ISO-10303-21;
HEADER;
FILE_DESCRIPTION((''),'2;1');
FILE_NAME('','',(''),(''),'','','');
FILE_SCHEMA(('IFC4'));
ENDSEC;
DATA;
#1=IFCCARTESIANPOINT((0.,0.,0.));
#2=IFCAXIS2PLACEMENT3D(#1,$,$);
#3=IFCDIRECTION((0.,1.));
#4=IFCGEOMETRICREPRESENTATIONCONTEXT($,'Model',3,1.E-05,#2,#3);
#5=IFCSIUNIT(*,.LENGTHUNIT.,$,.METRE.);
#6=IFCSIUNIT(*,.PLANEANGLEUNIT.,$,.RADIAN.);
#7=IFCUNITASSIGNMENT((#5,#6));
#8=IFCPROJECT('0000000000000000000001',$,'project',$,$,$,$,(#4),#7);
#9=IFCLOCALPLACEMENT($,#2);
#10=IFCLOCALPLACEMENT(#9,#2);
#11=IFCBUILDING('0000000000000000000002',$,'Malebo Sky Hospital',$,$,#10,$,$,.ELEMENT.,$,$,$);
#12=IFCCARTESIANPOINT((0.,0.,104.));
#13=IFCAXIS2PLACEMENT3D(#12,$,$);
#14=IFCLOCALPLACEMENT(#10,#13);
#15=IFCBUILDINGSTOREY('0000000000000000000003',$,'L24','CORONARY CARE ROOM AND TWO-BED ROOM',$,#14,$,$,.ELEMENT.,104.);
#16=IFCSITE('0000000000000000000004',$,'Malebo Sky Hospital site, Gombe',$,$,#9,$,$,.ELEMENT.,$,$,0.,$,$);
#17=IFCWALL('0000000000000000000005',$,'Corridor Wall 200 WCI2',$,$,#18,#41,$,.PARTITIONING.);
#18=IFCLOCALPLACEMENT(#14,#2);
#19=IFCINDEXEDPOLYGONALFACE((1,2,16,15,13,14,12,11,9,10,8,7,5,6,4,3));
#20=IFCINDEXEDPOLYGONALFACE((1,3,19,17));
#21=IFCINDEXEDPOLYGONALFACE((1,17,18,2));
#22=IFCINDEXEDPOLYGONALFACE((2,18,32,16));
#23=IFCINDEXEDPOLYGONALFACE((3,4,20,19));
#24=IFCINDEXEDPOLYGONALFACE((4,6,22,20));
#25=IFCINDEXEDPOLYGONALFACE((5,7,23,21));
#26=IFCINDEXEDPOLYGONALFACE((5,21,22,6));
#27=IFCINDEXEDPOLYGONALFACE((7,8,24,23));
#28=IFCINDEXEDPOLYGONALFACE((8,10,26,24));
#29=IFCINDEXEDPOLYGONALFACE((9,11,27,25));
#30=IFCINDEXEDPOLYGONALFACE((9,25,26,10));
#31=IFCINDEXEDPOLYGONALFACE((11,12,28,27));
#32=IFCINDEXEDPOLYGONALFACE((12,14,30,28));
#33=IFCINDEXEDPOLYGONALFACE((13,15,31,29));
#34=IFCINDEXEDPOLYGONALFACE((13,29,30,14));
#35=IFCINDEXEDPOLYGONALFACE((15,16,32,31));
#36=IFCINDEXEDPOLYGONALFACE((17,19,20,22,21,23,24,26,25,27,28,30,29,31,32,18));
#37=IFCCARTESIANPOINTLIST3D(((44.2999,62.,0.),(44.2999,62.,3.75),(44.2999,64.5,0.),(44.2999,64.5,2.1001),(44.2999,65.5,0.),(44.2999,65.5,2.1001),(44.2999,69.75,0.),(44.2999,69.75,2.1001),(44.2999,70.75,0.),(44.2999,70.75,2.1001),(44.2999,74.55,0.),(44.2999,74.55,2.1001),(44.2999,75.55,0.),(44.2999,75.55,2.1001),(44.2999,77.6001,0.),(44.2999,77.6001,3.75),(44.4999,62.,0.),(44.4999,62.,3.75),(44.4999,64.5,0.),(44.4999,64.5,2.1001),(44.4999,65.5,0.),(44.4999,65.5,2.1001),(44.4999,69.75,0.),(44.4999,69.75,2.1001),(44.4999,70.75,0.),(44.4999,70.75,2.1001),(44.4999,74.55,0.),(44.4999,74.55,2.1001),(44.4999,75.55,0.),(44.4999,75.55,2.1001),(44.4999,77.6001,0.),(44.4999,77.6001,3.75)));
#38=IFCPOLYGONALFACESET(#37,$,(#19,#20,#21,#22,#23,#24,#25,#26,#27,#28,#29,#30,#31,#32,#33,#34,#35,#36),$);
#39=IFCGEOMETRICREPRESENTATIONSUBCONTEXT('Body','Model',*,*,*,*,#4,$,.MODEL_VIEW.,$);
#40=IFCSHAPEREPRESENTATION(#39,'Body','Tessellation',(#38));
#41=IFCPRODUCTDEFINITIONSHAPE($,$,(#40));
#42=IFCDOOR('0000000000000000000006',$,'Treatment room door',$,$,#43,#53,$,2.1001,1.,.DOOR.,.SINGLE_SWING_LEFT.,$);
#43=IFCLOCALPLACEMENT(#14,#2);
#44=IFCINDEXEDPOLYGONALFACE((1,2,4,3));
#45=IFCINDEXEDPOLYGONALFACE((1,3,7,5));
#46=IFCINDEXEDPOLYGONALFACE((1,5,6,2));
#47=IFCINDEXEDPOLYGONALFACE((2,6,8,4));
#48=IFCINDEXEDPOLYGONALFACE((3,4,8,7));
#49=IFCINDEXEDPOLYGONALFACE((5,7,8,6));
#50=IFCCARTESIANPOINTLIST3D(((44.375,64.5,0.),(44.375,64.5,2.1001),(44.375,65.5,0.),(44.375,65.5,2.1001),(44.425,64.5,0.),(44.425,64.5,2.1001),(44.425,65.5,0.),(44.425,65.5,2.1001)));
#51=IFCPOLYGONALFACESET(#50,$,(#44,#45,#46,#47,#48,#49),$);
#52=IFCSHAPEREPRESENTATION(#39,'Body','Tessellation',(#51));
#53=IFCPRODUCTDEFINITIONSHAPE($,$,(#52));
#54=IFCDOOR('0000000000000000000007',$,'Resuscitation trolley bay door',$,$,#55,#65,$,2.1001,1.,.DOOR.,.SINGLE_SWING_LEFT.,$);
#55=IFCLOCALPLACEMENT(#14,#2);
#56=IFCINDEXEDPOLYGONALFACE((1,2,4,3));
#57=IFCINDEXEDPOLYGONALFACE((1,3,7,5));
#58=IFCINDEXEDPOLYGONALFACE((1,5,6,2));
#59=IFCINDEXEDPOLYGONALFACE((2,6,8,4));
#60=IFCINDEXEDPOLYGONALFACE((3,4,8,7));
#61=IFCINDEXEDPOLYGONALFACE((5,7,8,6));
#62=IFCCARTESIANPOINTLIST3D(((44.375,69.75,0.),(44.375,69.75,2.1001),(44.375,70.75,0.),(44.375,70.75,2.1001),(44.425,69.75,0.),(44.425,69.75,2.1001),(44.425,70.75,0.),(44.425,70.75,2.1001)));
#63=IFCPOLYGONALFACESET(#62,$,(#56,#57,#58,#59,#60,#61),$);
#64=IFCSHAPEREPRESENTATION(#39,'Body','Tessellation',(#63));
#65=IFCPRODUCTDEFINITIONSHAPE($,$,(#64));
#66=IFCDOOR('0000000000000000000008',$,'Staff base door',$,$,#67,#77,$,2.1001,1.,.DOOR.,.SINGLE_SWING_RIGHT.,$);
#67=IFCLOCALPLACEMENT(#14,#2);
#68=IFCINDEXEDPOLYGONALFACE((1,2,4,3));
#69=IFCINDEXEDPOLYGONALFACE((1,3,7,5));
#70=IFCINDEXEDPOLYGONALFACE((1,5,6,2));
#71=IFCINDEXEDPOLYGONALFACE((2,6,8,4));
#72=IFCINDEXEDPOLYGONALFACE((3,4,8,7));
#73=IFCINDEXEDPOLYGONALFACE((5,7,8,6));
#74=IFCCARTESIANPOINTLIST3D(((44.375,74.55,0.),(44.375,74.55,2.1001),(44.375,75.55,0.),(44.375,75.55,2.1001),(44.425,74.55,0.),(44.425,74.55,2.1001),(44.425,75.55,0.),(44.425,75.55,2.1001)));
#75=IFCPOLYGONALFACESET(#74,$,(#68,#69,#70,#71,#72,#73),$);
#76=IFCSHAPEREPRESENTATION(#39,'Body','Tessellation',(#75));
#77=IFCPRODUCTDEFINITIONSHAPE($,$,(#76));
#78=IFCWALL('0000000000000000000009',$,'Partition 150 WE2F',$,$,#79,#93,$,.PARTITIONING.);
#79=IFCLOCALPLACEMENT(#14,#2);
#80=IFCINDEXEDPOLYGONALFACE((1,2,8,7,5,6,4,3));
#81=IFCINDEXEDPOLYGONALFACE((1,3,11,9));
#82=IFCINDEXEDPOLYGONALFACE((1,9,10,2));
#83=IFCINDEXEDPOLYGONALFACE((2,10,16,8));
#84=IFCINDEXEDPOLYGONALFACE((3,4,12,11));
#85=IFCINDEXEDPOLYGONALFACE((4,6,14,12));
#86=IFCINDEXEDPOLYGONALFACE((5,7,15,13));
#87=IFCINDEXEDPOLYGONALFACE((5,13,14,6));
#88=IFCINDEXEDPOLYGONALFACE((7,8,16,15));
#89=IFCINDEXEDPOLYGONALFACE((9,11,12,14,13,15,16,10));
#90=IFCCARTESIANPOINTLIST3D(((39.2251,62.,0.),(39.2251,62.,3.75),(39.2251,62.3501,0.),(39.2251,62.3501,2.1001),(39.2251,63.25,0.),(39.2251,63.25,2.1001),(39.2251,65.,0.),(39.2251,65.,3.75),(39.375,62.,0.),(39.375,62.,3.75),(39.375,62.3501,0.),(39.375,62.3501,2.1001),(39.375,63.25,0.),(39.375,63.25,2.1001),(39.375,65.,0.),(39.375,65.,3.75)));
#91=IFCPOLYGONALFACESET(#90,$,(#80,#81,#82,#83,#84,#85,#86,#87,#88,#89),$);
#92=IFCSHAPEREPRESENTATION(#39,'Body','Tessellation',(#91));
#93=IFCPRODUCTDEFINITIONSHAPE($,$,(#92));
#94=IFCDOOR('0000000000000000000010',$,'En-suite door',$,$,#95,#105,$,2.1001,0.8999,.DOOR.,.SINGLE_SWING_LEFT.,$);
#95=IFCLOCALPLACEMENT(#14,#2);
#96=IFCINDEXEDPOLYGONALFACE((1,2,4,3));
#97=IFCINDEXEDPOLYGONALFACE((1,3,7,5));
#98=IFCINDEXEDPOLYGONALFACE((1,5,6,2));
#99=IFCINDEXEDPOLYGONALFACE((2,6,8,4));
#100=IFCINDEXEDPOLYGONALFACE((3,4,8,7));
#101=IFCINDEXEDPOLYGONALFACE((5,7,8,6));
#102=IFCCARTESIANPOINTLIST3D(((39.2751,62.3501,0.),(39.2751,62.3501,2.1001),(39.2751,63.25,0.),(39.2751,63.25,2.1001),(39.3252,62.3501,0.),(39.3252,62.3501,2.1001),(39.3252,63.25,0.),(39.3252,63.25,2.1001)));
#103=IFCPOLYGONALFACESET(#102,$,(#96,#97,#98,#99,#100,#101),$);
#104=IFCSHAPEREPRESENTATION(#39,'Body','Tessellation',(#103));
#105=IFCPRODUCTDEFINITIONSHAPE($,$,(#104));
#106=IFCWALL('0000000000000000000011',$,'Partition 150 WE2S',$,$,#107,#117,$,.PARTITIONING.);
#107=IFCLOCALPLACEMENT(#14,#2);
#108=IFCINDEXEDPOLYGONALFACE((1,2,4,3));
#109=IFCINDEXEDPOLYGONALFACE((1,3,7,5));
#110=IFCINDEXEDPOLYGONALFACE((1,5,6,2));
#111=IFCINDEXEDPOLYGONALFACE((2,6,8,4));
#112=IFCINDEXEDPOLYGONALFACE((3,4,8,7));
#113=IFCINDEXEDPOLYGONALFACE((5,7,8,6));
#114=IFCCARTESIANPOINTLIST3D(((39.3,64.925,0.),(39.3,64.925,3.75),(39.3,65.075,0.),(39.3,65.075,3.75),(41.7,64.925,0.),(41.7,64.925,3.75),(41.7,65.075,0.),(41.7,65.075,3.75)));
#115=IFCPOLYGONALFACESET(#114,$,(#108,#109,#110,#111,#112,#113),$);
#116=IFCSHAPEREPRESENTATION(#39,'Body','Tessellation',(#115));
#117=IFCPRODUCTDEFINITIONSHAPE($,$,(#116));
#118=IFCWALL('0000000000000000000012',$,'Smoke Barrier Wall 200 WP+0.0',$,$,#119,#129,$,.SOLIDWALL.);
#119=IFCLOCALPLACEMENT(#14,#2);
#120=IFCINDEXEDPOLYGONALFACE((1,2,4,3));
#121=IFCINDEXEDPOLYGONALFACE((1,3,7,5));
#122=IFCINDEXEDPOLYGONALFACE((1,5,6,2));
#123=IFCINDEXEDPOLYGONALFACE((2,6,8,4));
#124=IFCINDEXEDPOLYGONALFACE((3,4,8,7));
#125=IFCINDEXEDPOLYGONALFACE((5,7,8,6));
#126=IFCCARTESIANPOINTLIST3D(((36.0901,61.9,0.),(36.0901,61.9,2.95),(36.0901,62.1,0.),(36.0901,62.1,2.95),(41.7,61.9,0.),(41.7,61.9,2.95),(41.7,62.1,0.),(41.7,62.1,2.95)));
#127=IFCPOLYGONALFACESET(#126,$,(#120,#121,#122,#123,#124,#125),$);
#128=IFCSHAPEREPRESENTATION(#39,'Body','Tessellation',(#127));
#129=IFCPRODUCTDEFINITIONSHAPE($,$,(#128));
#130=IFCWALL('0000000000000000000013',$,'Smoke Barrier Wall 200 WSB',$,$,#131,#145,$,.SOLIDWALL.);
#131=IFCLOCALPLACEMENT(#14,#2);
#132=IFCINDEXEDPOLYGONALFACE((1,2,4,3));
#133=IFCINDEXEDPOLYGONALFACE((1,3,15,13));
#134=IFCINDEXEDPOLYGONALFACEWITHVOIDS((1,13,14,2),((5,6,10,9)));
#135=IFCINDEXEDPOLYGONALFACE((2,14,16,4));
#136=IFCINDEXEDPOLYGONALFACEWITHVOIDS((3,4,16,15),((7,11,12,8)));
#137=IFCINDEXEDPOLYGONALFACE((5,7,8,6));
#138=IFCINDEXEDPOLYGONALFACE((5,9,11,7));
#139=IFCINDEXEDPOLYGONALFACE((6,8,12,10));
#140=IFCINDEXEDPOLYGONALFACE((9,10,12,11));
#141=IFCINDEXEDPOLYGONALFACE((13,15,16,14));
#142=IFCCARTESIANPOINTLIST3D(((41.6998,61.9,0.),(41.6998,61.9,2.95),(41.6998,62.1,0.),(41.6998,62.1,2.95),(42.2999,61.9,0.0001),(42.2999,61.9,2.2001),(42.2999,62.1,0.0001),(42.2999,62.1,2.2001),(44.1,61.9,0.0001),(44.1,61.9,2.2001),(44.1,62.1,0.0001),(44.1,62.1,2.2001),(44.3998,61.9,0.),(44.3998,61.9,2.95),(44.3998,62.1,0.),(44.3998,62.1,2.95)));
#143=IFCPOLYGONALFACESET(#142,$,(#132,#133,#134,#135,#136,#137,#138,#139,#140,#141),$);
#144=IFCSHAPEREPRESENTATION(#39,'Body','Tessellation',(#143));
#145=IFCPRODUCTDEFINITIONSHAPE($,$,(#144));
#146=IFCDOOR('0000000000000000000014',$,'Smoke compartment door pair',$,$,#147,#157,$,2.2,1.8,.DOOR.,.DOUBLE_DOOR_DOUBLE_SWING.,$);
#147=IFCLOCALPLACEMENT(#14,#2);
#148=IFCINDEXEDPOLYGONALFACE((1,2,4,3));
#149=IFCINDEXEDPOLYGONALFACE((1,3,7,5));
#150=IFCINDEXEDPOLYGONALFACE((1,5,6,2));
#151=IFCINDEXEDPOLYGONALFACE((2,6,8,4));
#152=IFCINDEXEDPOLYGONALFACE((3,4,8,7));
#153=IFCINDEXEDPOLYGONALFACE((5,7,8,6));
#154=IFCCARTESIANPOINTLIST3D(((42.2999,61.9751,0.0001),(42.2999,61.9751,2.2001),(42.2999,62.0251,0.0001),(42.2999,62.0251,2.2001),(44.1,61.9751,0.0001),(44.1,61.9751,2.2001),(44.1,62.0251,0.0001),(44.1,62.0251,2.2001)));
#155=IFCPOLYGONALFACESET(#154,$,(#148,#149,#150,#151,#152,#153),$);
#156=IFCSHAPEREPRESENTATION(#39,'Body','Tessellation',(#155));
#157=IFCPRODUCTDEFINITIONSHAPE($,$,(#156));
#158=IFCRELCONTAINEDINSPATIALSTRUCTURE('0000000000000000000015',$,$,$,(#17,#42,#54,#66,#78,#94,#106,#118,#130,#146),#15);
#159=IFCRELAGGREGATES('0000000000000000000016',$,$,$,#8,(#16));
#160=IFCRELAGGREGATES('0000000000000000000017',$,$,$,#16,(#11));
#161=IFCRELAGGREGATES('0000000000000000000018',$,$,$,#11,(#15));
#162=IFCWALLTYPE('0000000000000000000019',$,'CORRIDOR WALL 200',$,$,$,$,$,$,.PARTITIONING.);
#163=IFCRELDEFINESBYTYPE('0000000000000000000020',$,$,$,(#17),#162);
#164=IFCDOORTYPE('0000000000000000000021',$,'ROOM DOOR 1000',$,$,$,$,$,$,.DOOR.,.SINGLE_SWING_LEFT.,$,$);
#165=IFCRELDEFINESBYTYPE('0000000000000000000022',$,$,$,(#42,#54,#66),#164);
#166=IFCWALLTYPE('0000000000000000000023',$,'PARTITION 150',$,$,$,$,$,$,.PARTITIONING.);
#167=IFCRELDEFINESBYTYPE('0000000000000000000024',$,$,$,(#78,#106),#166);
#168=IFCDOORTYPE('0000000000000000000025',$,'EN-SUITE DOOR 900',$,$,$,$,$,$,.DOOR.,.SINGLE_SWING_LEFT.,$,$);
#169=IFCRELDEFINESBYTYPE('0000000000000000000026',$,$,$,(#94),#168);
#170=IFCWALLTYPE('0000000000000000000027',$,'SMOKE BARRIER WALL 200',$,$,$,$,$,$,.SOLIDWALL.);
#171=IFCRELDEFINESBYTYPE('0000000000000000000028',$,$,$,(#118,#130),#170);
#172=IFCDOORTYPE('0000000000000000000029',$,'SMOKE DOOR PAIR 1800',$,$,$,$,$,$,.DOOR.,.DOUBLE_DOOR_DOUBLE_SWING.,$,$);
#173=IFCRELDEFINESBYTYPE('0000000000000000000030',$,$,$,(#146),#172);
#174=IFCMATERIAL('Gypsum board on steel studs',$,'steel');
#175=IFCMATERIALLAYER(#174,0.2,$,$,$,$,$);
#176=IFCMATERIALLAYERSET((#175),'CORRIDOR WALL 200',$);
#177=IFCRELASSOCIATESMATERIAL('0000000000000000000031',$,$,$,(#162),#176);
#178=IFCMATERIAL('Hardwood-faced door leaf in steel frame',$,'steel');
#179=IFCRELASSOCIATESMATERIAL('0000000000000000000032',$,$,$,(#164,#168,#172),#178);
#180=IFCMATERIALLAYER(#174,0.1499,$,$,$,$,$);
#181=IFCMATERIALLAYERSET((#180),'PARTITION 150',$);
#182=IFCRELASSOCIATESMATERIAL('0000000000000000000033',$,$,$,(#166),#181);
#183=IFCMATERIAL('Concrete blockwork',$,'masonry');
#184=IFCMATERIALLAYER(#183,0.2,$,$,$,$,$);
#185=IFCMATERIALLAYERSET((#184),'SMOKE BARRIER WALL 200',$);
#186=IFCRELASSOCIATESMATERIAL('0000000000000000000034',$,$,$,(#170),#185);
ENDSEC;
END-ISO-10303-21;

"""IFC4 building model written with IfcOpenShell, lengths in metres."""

from ifc_helpers import new_model, si_unit, direction, frame, frame_2d, origin, place, context, subcontext, project, spatial, rectangle, extrude, material, layer, layer_set, type_object, element, fill, save


model = new_model("IFC4")

# Units and contexts
model_context = context("Model", 3, precision=1e-05, world=origin(), true_north=direction((0.0, 1.0)))
body_context = subcontext(model_context, "Body", "Model", "MODEL_VIEW")
ifc_project = project(units=[si_unit("LENGTHUNIT", "METRE"), si_unit("PLANEANGLEUNIT", "RADIAN")], contexts=[model_context])

# Site, building, storey
site_placement = place(None, origin())
site = spatial("IfcSite", under=ifc_project, at=site_placement, Name="Malebo Sky Hospital site, Gombe", CompositionType="ELEMENT", RefElevation=0.0)
building_placement = place(site_placement, origin())
building = spatial("IfcBuilding", under=site, at=building_placement, Name="Malebo Sky Hospital", CompositionType="ELEMENT")
storey_placement = place(building_placement, frame((0.0, 0.0, 104.0)))
storey = spatial("IfcBuildingStorey", under=building, at=storey_placement, Name="L24", Description="CORONARY CARE ROOM AND TWO-BED ROOM", CompositionType="ELEMENT", Elevation=104.0)

# Wall, openings, doors
ifc_material_1 = material(Name="Gypsum board on steel studs", Category="steel")
ifc_layer_1 = layer(ifc_material_1, 0.2)
ifc_layer_set_1 = layer_set([ifc_layer_1], Name="CORRIDOR WALL 200")
wall_type_1 = type_object("IfcWallType", Name="CORRIDOR WALL 200", PredefinedType="PARTITIONING", material=ifc_layer_set_1)
wall_1_placement = place(storey_placement, frame((44.3999, 62.0, 0.0), z_axis=(0.0, 0.0, 1.0), x_axis=(0.0, 1.0, 0.0)))
wall_1 = element("IfcWall", 1, at=wall_1_placement, inside=storey, type_object=wall_type_1, Name="Corridor Wall 200 WCI2", PredefinedType="PARTITIONING", context=body_context, shape_type="SweptSolid", body=[
    extrude(rectangle(XDim=15.6001, YDim=0.2, at=frame_2d((7.8, 0.0))), origin(), (0.0, 0.0, 1.0), 3.75),
])
opening_1_placement = place(wall_1_placement, frame((2.5, 0.0, 0.0)))
opening_1 = element("IfcOpeningElement", 2, at=opening_1_placement, cuts=wall_1, PredefinedType="OPENING", context=body_context, shape_type="SweptSolid", body=[
    extrude(rectangle(XDim=1.0, YDim=2.1001, at=frame_2d((0.5, 1.05))), frame((0.0, 0.1099, 0.0), z_axis=(0.0, -1.0, 0.0), x_axis=(1.0, 0.0, 0.0)), (0.0, 0.0, 1.0), 0.22),
])
opening_2_placement = place(wall_1_placement, frame((7.75, 0.0, 0.0)))
opening_2 = element("IfcOpeningElement", 3, at=opening_2_placement, cuts=wall_1, PredefinedType="OPENING", context=body_context, shape_type="SweptSolid", body=[
    extrude(rectangle(XDim=1.0, YDim=2.1001, at=frame_2d((0.5, 1.05))), frame((0.0, 0.1099, 0.0), z_axis=(0.0, -1.0, 0.0), x_axis=(1.0, 0.0, 0.0)), (0.0, 0.0, 1.0), 0.22),
])
opening_3_placement = place(wall_1_placement, frame((12.55, 0.0, 0.0)))
opening_3 = element("IfcOpeningElement", 4, at=opening_3_placement, cuts=wall_1, PredefinedType="OPENING", context=body_context, shape_type="SweptSolid", body=[
    extrude(rectangle(XDim=1.0, YDim=2.1001, at=frame_2d((0.5, 1.05))), frame((0.0, 0.1099, 0.0), z_axis=(0.0, -1.0, 0.0), x_axis=(1.0, 0.0, 0.0)), (0.0, 0.0, 1.0), 0.22),
])
ifc_material_2 = material(Name="Hardwood-faced door leaf in steel frame", Category="steel")
door_type_1 = type_object("IfcDoorType", Name="ROOM DOOR 1000", OperationType="SINGLE_SWING_LEFT", PredefinedType="DOOR", material=ifc_material_2)
door_1_placement = place(opening_1_placement, origin())
door_1 = element("IfcDoor", 5, at=door_1_placement, inside=storey, type_object=door_type_1, Name="Treatment room door", OperationType="SINGLE_SWING_LEFT", OverallHeight=2.1001, OverallWidth=1.0, PredefinedType="DOOR", context=body_context, shape_type="SweptSolid", body=[
    extrude(rectangle(XDim=1.0, YDim=2.1001, at=frame_2d((0.5, 1.05))), frame((0.0, 0.0249, 0.0), z_axis=(0.0, -1.0, 0.0), x_axis=(1.0, 0.0, 0.0)), (0.0, 0.0, 1.0), 0.05),
])
fill(opening_1, door_1)
door_2_placement = place(opening_2_placement, origin())
door_2 = element("IfcDoor", 6, at=door_2_placement, inside=storey, type_object=door_type_1, Name="Resuscitation trolley bay door", OperationType="SINGLE_SWING_LEFT", OverallHeight=2.1001, OverallWidth=1.0, PredefinedType="DOOR", context=body_context, shape_type="SweptSolid", body=[
    extrude(rectangle(XDim=1.0, YDim=2.1001, at=frame_2d((0.5, 1.05))), frame((0.0, 0.0249, 0.0), z_axis=(0.0, -1.0, 0.0), x_axis=(1.0, 0.0, 0.0)), (0.0, 0.0, 1.0), 0.05),
])
fill(opening_2, door_2)
door_3_placement = place(opening_3_placement, origin())
door_3 = element("IfcDoor", 7, at=door_3_placement, inside=storey, type_object=door_type_1, Name="Staff base door", OperationType="SINGLE_SWING_RIGHT", OverallHeight=2.1001, OverallWidth=1.0, PredefinedType="DOOR", context=body_context, shape_type="SweptSolid", body=[
    extrude(rectangle(XDim=1.0, YDim=2.1001, at=frame_2d((0.5, 1.05))), frame((0.0, 0.0249, 0.0), z_axis=(0.0, -1.0, 0.0), x_axis=(1.0, 0.0, 0.0)), (0.0, 0.0, 1.0), 0.05),
])
fill(opening_3, door_3)

# Wall, opening, door
ifc_layer_2 = layer(ifc_material_1, 0.1499)
ifc_layer_set_2 = layer_set([ifc_layer_2], Name="PARTITION 150")
wall_type_2 = type_object("IfcWallType", Name="PARTITION 150", PredefinedType="PARTITIONING", material=ifc_layer_set_2)
wall_2_placement = place(storey_placement, frame((39.3, 62.0, 0.0), z_axis=(0.0, 0.0, 1.0), x_axis=(0.0, 1.0, 0.0)))
wall_2 = element("IfcWall", 8, at=wall_2_placement, inside=storey, type_object=wall_type_2, Name="Partition 150 WE2F", PredefinedType="PARTITIONING", context=body_context, shape_type="SweptSolid", body=[
    extrude(rectangle(XDim=3.0, YDim=0.1499, at=frame_2d((1.5, 0.0))), origin(), (0.0, 0.0, 1.0), 3.75),
])
opening_4_placement = place(wall_2_placement, frame((0.3501, 0.0, 0.0)))
opening_4 = element("IfcOpeningElement", 9, at=opening_4_placement, cuts=wall_2, PredefinedType="OPENING", context=body_context, shape_type="SweptSolid", body=[
    extrude(rectangle(XDim=0.8999, YDim=2.1001, at=frame_2d((0.45, 1.05))), frame((0.0, 0.085, 0.0), z_axis=(0.0, -1.0, 0.0), x_axis=(1.0, 0.0, 0.0)), (0.0, 0.0, 1.0), 0.1699),
])
door_type_2 = type_object("IfcDoorType", Name="EN-SUITE DOOR 900", OperationType="SINGLE_SWING_LEFT", PredefinedType="DOOR", material=ifc_material_2)
door_4_placement = place(opening_4_placement, origin())
door_4 = element("IfcDoor", 10, at=door_4_placement, inside=storey, type_object=door_type_2, Name="En-suite door", OperationType="SINGLE_SWING_LEFT", OverallHeight=2.1001, OverallWidth=0.8999, PredefinedType="DOOR", context=body_context, shape_type="SweptSolid", body=[
    extrude(rectangle(XDim=0.8999, YDim=2.1001, at=frame_2d((0.45, 1.05))), frame((0.0, 0.0249, 0.0), z_axis=(0.0, -1.0, 0.0), x_axis=(1.0, 0.0, 0.0)), (0.0, 0.0, 1.0), 0.05),
])
fill(opening_4, door_4)

# Walls
wall_3_placement = place(storey_placement, frame((41.7, 65.0, 0.0), z_axis=(0.0, 0.0, 1.0), x_axis=(-1.0, 0.0, 0.0)))
element("IfcWall", 11, at=wall_3_placement, inside=storey, type_object=wall_type_2, Name="Partition 150 WE2S", PredefinedType="PARTITIONING", context=body_context, shape_type="SweptSolid", body=[
    extrude(rectangle(XDim=2.3999, YDim=0.1499, at=frame_2d((1.2, 0.0))), origin(), (0.0, 0.0, 1.0), 3.75),
])
ifc_material_3 = material(Name="Concrete blockwork", Category="masonry")
ifc_layer_3 = layer(ifc_material_3, 0.2)
ifc_layer_set_3 = layer_set([ifc_layer_3], Name="SMOKE BARRIER WALL 200")
wall_type_3 = type_object("IfcWallType", Name="SMOKE BARRIER WALL 200", PredefinedType="SOLIDWALL", material=ifc_layer_set_3)
wall_4_placement = place(storey_placement, frame((41.7, 62.0, 0.0), z_axis=(0.0, 0.0, 1.0), x_axis=(-1.0, 0.0, 0.0)))
element("IfcWall", 12, at=wall_4_placement, inside=storey, type_object=wall_type_3, Name="Smoke Barrier Wall 200 WP+0.0", PredefinedType="SOLIDWALL", context=body_context, shape_type="SweptSolid", body=[
    extrude(rectangle(XDim=5.6099, YDim=0.2, at=frame_2d((2.8049, 0.0))), origin(), (0.0, 0.0, 1.0), 2.95),
])

# Wall, opening, door
wall_5_placement = place(storey_placement, frame((44.3999, 62.0, 0.0), z_axis=(0.0, 0.0, 1.0), x_axis=(-1.0, 0.0, 0.0)))
wall_5 = element("IfcWall", 13, at=wall_5_placement, inside=storey, type_object=wall_type_3, Name="Smoke Barrier Wall 200 WSB", PredefinedType="SOLIDWALL", context=body_context, shape_type="SweptSolid", body=[
    extrude(rectangle(XDim=2.7, YDim=0.2, at=frame_2d((1.3501, 0.0))), origin(), (0.0, 0.0, 1.0), 2.95),
])
opening_5_placement = place(wall_5_placement, frame((0.3, 0.0, 0.0)))
opening_5 = element("IfcOpeningElement", 14, at=opening_5_placement, cuts=wall_5, PredefinedType="OPENING", context=body_context, shape_type="SweptSolid", body=[
    extrude(rectangle(XDim=1.8, YDim=2.2, at=frame_2d((0.8999, 1.1001))), frame((0.0, 0.1099, 0.0), z_axis=(0.0, -1.0, 0.0), x_axis=(1.0, 0.0, 0.0)), (0.0, 0.0, 1.0), 0.22),
])
door_type_3 = type_object("IfcDoorType", Name="SMOKE DOOR PAIR 1800", OperationType="DOUBLE_DOOR_DOUBLE_SWING", PredefinedType="DOOR", material=ifc_material_2)
door_5_placement = place(opening_5_placement, origin())
door_5 = element("IfcDoor", 15, at=door_5_placement, inside=storey, type_object=door_type_3, Name="Smoke compartment door pair", OperationType="DOUBLE_DOOR_DOUBLE_SWING", OverallHeight=2.2, OverallWidth=1.8, PredefinedType="DOOR", context=body_context, shape_type="SweptSolid", body=[
    extrude(rectangle(XDim=1.8, YDim=2.2, at=frame_2d((0.8999, 1.1001))), frame((0.0, 0.0249, 0.0), z_axis=(0.0, -1.0, 0.0), x_axis=(1.0, 0.0, 0.0)), (0.0, 0.0, 1.0), 0.05),
])
fill(opening_5, door_5)

save(model, "model.ifc")
